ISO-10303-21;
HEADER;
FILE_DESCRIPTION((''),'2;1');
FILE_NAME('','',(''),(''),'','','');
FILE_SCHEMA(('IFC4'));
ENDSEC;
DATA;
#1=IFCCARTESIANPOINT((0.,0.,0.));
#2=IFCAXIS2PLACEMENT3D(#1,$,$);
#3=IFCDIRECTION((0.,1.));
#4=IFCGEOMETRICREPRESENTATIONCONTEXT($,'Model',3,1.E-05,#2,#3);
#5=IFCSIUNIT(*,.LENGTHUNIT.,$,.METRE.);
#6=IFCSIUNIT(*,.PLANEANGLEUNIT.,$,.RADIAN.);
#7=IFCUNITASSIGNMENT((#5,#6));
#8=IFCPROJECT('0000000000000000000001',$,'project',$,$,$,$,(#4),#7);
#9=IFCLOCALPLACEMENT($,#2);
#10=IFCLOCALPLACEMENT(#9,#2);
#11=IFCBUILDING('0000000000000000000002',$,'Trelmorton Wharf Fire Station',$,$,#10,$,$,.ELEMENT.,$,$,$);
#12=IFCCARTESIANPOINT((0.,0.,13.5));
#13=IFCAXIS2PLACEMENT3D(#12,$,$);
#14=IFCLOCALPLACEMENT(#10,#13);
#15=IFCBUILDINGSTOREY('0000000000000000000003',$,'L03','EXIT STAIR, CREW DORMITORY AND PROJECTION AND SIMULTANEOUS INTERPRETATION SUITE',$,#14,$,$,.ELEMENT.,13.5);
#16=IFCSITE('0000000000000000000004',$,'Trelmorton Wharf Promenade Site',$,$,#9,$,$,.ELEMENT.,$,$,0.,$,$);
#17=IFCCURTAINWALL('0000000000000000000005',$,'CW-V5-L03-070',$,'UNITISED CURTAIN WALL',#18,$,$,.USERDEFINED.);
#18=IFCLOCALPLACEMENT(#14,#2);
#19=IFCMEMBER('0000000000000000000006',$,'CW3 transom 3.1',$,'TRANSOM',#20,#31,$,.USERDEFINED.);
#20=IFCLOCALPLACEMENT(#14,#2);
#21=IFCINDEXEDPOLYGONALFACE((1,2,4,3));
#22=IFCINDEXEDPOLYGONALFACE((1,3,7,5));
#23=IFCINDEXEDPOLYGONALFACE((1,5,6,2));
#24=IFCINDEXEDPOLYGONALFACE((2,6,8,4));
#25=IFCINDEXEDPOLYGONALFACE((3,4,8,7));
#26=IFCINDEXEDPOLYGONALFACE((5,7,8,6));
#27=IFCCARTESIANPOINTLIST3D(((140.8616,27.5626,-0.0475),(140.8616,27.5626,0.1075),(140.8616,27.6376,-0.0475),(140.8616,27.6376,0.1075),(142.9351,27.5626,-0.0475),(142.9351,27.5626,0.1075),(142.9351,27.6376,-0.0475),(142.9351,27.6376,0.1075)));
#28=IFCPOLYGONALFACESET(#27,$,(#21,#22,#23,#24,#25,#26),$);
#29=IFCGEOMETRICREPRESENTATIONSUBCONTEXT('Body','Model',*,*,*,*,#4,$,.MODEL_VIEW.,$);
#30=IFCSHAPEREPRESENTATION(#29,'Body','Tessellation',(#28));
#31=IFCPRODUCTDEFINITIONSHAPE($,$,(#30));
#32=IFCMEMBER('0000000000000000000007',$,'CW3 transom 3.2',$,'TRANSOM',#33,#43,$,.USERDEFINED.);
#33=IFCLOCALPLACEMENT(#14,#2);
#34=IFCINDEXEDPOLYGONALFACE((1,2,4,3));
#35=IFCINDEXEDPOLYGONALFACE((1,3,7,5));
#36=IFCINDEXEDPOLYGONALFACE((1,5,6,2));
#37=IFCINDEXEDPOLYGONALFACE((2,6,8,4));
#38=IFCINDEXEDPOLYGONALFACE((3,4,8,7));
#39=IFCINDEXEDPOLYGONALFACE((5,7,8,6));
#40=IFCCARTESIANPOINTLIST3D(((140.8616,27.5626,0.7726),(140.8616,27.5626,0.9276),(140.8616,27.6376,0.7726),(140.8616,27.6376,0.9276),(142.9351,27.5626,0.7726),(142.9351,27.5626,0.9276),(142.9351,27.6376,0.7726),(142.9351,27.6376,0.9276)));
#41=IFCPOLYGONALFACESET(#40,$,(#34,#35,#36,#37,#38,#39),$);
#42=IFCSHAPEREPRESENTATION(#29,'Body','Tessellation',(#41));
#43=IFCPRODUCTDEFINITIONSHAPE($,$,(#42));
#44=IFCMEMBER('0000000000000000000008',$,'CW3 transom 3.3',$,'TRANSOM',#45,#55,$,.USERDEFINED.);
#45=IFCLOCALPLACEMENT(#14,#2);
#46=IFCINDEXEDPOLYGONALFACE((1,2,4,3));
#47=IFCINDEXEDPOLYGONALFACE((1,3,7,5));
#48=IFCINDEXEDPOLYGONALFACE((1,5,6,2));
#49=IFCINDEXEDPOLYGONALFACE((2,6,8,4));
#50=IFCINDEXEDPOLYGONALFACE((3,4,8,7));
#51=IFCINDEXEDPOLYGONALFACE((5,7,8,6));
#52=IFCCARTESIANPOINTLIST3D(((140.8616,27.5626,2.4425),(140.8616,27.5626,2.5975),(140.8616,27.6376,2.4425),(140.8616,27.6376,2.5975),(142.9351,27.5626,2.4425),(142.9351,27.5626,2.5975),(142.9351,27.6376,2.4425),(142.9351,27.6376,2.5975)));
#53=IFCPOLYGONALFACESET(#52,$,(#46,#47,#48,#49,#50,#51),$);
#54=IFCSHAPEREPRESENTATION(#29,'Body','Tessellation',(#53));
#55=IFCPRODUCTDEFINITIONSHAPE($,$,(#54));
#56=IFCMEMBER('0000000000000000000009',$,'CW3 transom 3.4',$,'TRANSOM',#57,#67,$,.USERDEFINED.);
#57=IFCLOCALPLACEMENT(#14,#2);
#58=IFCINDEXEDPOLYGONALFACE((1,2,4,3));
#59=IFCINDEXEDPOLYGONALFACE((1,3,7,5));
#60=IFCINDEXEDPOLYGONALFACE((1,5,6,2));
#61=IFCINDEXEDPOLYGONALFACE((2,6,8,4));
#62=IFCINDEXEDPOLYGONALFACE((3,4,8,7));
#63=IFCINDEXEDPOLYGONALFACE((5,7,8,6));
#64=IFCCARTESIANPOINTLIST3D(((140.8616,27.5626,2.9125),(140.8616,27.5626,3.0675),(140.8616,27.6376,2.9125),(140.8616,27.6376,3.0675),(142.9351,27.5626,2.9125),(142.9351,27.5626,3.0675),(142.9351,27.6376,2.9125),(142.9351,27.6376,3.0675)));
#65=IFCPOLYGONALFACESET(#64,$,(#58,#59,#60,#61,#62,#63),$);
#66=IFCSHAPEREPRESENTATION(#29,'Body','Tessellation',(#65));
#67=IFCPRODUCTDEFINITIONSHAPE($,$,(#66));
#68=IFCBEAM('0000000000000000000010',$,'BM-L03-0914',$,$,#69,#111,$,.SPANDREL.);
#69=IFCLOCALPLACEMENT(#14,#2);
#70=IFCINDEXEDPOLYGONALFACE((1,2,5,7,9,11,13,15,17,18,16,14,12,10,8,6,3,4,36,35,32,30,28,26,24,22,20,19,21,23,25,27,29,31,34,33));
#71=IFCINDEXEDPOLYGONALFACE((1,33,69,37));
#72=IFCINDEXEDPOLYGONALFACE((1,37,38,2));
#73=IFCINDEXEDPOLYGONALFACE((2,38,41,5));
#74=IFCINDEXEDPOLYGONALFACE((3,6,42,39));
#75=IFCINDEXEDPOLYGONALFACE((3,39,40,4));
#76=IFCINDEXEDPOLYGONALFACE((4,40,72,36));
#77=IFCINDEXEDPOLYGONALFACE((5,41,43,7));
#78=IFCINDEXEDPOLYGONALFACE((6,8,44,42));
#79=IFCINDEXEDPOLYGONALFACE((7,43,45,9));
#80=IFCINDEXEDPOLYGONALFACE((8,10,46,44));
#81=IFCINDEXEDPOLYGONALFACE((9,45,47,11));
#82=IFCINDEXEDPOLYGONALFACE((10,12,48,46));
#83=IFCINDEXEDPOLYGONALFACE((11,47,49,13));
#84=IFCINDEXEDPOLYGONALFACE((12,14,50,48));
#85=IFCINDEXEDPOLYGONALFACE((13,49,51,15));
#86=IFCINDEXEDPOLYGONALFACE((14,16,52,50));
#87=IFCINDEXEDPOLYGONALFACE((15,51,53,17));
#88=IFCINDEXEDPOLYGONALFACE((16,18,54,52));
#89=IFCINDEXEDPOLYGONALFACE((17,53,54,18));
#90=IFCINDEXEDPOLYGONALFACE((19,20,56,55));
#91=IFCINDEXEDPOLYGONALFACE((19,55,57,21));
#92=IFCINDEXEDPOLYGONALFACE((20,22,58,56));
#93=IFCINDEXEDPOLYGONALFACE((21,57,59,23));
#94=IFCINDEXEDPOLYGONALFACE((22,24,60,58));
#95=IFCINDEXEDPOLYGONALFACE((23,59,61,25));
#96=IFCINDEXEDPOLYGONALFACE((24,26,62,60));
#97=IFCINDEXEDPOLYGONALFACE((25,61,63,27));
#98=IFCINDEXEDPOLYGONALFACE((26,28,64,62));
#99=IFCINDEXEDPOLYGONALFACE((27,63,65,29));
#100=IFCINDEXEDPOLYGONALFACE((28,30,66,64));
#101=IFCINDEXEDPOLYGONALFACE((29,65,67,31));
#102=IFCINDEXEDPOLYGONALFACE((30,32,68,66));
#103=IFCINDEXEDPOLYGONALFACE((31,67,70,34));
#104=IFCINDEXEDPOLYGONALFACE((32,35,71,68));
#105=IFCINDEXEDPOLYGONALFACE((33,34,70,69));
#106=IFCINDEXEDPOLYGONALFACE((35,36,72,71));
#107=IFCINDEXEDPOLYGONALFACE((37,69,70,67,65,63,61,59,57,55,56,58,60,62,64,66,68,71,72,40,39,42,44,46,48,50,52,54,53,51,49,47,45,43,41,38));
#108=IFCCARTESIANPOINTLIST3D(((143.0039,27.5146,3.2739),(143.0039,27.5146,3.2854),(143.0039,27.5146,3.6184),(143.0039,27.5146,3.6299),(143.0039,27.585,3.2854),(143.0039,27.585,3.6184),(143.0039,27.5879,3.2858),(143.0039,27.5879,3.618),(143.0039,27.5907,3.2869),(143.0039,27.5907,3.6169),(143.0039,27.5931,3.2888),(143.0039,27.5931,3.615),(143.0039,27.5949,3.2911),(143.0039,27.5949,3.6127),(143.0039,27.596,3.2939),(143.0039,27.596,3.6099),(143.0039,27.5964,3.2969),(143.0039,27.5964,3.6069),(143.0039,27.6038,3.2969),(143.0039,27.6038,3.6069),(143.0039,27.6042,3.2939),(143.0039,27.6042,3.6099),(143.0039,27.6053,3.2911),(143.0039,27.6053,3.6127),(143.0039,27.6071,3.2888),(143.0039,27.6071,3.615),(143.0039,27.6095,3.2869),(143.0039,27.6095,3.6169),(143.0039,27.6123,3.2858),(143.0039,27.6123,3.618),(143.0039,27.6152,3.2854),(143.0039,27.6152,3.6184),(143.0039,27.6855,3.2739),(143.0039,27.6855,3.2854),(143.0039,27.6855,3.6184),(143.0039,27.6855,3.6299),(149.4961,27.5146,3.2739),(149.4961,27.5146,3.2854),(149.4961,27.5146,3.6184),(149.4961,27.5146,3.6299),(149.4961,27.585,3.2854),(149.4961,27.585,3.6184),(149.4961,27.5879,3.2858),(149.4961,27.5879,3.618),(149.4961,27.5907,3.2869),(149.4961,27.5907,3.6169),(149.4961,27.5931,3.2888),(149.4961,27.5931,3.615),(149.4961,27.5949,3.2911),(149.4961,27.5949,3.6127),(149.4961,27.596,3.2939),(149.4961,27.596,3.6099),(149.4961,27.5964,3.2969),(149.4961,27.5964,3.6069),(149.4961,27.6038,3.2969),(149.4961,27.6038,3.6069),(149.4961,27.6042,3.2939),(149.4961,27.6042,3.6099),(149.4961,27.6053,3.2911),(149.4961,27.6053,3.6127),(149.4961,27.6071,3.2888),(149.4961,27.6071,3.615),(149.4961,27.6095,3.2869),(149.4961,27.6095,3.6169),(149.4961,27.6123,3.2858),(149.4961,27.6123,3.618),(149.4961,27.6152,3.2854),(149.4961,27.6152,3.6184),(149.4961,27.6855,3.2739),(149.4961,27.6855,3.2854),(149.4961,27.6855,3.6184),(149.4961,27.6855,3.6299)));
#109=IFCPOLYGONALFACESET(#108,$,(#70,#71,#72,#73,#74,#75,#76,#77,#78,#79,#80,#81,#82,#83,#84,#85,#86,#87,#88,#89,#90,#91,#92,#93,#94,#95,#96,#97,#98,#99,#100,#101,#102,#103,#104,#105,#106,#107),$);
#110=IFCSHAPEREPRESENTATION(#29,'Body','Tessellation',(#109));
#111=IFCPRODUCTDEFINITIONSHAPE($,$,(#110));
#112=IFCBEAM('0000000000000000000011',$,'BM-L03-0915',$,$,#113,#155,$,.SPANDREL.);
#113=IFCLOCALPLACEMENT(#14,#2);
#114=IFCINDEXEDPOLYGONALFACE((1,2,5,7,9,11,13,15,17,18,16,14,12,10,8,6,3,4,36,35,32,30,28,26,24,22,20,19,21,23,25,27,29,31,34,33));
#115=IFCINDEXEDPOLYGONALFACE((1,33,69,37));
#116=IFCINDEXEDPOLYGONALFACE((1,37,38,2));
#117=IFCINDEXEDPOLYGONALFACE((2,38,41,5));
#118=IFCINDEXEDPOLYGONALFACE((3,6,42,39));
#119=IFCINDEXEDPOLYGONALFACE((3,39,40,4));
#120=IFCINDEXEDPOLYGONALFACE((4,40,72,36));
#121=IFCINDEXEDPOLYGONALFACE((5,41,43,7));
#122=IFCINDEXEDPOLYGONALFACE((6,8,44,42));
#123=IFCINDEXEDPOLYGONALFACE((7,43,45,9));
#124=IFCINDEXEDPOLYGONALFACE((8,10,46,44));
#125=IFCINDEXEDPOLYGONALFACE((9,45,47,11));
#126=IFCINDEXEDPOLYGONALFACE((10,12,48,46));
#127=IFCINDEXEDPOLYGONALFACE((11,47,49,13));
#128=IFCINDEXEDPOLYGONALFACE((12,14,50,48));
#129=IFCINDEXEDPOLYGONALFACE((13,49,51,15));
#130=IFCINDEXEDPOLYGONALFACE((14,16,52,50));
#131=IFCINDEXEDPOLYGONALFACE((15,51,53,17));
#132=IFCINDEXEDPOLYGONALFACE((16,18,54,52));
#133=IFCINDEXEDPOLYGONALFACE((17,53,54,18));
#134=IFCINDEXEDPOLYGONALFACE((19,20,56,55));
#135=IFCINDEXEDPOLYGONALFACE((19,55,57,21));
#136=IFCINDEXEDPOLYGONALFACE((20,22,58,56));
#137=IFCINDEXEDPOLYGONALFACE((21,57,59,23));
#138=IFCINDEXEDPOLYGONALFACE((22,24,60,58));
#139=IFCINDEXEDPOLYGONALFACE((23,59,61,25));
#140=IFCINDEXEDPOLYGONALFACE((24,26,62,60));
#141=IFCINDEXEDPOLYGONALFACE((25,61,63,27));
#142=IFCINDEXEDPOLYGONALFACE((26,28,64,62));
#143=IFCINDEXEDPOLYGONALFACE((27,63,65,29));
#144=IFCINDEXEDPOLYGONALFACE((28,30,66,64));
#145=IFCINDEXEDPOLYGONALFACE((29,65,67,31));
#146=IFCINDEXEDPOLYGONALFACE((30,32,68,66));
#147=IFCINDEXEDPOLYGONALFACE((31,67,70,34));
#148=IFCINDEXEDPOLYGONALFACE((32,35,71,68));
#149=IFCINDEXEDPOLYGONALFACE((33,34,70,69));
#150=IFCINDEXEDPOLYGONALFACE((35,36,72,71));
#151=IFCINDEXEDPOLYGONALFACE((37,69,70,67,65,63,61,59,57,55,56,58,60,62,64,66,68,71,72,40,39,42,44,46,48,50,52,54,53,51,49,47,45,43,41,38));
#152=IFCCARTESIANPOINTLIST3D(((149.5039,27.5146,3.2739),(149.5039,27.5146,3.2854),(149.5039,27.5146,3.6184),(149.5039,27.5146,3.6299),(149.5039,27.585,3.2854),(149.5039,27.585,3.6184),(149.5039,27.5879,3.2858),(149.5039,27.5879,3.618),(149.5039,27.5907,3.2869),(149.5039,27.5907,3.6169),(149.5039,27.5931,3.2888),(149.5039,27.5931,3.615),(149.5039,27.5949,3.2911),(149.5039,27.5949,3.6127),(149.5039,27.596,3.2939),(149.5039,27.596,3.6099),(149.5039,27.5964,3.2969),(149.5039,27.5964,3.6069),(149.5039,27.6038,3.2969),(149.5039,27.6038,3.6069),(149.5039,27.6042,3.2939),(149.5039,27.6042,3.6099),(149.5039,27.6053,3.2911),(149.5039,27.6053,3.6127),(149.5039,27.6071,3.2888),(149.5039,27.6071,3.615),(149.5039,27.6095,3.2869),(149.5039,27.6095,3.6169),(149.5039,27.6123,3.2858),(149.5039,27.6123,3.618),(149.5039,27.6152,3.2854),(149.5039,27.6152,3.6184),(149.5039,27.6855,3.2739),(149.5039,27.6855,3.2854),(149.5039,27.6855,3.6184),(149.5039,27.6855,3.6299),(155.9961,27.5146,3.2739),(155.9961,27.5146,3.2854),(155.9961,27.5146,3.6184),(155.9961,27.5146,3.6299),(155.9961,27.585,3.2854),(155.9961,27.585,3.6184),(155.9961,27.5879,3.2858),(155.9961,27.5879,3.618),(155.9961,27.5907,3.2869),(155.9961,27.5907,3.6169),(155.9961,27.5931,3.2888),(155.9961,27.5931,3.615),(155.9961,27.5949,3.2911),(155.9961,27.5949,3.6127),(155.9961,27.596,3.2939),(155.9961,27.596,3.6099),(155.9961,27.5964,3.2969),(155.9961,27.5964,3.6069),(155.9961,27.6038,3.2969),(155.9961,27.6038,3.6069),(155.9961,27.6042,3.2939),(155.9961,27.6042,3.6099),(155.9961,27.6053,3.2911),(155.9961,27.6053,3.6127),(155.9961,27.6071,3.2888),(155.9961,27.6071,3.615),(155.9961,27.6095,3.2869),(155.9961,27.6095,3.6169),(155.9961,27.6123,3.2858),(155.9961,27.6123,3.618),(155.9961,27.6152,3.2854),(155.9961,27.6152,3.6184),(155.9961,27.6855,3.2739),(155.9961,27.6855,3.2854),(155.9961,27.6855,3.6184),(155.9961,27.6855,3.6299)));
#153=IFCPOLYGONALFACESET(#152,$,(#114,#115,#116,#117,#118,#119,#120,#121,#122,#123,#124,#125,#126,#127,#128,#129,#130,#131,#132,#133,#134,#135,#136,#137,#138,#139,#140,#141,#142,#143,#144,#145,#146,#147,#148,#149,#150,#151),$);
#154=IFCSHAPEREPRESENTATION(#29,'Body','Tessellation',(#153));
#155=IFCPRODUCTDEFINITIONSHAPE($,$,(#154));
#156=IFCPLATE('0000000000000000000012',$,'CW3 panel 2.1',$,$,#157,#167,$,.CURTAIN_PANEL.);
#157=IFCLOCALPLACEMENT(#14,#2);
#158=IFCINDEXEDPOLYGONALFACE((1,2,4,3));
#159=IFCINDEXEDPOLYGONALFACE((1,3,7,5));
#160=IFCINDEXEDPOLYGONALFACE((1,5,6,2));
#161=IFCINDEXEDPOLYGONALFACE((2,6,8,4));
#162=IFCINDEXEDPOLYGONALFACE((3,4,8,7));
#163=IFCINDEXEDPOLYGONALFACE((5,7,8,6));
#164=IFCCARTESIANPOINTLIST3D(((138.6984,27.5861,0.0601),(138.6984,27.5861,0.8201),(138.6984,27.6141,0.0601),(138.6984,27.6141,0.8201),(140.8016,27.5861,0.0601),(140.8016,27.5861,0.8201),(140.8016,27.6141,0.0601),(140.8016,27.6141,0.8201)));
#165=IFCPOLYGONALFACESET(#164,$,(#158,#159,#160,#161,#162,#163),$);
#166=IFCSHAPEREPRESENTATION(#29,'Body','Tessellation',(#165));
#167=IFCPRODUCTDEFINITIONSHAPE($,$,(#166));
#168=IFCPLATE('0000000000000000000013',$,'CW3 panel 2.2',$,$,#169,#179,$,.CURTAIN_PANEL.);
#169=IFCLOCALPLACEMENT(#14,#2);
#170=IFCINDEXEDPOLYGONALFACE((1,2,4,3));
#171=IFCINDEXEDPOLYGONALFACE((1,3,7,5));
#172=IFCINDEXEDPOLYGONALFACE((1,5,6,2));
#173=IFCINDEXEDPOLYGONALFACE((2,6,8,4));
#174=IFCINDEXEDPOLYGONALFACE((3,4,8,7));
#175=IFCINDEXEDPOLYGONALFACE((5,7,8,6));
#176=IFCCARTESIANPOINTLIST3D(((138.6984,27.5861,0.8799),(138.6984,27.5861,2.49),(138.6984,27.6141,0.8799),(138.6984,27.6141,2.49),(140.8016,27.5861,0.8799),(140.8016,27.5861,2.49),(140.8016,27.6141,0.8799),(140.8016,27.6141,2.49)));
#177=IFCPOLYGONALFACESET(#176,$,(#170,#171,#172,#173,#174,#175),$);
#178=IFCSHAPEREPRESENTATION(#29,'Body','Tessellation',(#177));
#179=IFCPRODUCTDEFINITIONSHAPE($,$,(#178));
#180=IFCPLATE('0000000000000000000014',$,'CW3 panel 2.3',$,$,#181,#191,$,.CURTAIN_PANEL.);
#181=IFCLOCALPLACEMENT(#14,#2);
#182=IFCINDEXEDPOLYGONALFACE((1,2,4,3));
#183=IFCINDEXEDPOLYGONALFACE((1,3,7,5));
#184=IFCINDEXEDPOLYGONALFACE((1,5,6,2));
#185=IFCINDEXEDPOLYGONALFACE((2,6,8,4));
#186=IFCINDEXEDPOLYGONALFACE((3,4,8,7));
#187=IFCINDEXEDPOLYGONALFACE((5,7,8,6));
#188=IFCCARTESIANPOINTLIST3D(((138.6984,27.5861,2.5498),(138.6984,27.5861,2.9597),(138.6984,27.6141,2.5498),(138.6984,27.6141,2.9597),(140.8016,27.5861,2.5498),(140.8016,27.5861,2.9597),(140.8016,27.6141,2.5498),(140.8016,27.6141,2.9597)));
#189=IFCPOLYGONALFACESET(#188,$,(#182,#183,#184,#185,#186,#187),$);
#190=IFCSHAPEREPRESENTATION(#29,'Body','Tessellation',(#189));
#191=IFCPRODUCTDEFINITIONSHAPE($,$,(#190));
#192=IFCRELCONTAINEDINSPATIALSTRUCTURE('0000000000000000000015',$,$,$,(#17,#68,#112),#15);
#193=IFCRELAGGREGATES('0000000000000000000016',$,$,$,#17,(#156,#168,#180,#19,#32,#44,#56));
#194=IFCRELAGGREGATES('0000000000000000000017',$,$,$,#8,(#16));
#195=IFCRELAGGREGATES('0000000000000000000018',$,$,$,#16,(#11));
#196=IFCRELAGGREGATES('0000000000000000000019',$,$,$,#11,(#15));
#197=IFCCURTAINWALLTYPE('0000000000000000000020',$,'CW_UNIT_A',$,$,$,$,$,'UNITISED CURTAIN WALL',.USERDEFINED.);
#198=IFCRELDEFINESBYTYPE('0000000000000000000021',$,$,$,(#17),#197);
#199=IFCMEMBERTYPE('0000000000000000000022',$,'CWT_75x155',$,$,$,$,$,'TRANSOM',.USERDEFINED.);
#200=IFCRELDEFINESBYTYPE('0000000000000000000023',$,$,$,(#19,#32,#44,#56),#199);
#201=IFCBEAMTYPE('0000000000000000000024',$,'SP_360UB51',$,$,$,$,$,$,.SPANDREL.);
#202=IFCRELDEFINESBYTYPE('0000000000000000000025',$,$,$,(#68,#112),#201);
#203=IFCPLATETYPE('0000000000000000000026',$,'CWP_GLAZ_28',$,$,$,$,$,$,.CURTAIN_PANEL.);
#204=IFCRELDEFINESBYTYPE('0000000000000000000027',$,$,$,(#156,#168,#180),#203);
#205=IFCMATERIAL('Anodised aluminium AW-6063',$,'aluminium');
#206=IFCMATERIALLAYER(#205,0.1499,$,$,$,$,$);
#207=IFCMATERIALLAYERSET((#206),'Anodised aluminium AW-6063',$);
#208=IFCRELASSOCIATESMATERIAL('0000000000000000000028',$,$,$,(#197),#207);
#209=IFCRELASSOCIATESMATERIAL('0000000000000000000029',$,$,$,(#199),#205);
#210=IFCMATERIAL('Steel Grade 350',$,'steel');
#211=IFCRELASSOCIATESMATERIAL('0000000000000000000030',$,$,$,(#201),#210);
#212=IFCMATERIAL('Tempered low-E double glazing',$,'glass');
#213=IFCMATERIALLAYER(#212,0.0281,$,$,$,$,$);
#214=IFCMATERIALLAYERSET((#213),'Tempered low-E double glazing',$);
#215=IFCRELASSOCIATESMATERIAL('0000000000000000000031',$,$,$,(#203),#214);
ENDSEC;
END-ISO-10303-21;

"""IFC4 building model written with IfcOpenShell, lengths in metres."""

from ifc_helpers import new_model, si_unit, direction, frame, origin, origin_2d, place, context, subcontext, project, spatial, rectangle, i_section, extrude, material, layer, layer_set, material_profile, profile_set, type_object, element, aggregate, save


model = new_model("IFC4")

# Units and contexts
model_context = context("Model", 3, precision=1e-05, world=origin(), true_north=direction((0.0, 1.0)))
body_context = subcontext(model_context, "Body", "Model", "MODEL_VIEW")
ifc_project = project(units=[si_unit("LENGTHUNIT", "METRE"), si_unit("PLANEANGLEUNIT", "RADIAN")], contexts=[model_context])

# Site, building, storey
site_placement = place(None, origin())
site = spatial("IfcSite", under=ifc_project, at=site_placement, Name="Trelmorton Wharf Promenade Site", CompositionType="ELEMENT", RefElevation=0.0)
building_placement = place(site_placement, origin())
building = spatial("IfcBuilding", under=site, at=building_placement, Name="Trelmorton Wharf Fire Station", CompositionType="ELEMENT")
storey_placement = place(building_placement, frame((0.0, 0.0, 13.5)))
storey = spatial("IfcBuildingStorey", under=building, at=storey_placement, Name="L03", Description="EXIT STAIR, CREW DORMITORY AND PROJECTION AND SIMULTANEOUS INTERPRETATION SUITE", CompositionType="ELEMENT", Elevation=13.5)

# Shared definitions
ifc_material_1 = material(Name="Steel Grade 350", Category="steel")

# Shared definitions
ifc_material_2 = material(Name="Anodised aluminium AW-6063", Category="aluminium")
ifc_layer_1 = layer(ifc_material_2, 0.1499)
ifc_layer_set_1 = layer_set([ifc_layer_1], Name="Anodised aluminium AW-6063")
curtain_wall_type = type_object("IfcCurtainWallType", Name="CW_UNIT_A", ElementType="UNITISED CURTAIN WALL", PredefinedType="USERDEFINED", material=ifc_layer_set_1)

# Curtain wall
curtain_wall_1_placement = place(storey_placement, origin())
curtain_wall_1 = element("IfcCurtainWall", 1, at=curtain_wall_1_placement, inside=storey, type_object=curtain_wall_type, Name="CW-V5-L03-070", ObjectType="UNITISED CURTAIN WALL", PredefinedType="USERDEFINED")

# Members
ifc_material_profile_1 = material_profile(ifc_material_2, rectangle(XDim=0.075, YDim=0.155, at=origin_2d()), Name="ALU-75x155")
ifc_profile_set_1 = profile_set([ifc_material_profile_1], Name="Anodised aluminium AW-6063")
member_type_1 = type_object("IfcMemberType", Name="CWT_75x155", ElementType="TRANSOM", PredefinedType="USERDEFINED", material=ifc_profile_set_1)
member_1_placement = place(storey_placement, frame((140.8616, 27.6001, 0.03), z_axis=(1.0, 0.0, 0.0), x_axis=(0.0, 1.0, 0.0)))
member_1 = element("IfcMember", 2, at=member_1_placement, type_object=member_type_1, Name="CW3 transom 3.1", ObjectType="TRANSOM", PredefinedType="USERDEFINED", context=body_context, shape_type="SweptSolid", body=[
    extrude(rectangle(XDim=0.075, YDim=0.155, at=origin_2d()), origin(), (0.0, 0.0, 1.0), 2.0735),
])
member_2_placement = place(storey_placement, frame((140.8616, 27.6001, 0.8501), z_axis=(1.0, 0.0, 0.0), x_axis=(0.0, 1.0, 0.0)))
member_2 = element("IfcMember", 3, at=member_2_placement, type_object=member_type_1, Name="CW3 transom 3.2", ObjectType="TRANSOM", PredefinedType="USERDEFINED", context=body_context, shape_type="SweptSolid", body=[
    extrude(rectangle(XDim=0.075, YDim=0.155, at=origin_2d()), origin(), (0.0, 0.0, 1.0), 2.0735),
])
member_3_placement = place(storey_placement, frame((140.8616, 27.6001, 2.52), z_axis=(1.0, 0.0, 0.0), x_axis=(0.0, 1.0, 0.0)))
member_3 = element("IfcMember", 4, at=member_3_placement, type_object=member_type_1, Name="CW3 transom 3.3", ObjectType="TRANSOM", PredefinedType="USERDEFINED", context=body_context, shape_type="SweptSolid", body=[
    extrude(rectangle(XDim=0.075, YDim=0.155, at=origin_2d()), origin(), (0.0, 0.0, 1.0), 2.0735),
])
member_4_placement = place(storey_placement, frame((140.8616, 27.6001, 2.99), z_axis=(1.0, 0.0, 0.0), x_axis=(0.0, 1.0, 0.0)))
member_4 = element("IfcMember", 5, at=member_4_placement, type_object=member_type_1, Name="CW3 transom 3.4", ObjectType="TRANSOM", PredefinedType="USERDEFINED", context=body_context, shape_type="SweptSolid", body=[
    extrude(rectangle(XDim=0.075, YDim=0.155, at=origin_2d()), origin(), (0.0, 0.0, 1.0), 2.0735),
])

# Beams
ifc_material_profile_2 = material_profile(ifc_material_1, i_section(OverallWidth=0.1709, OverallDepth=0.356, WebThickness=0.0073, FlangeThickness=0.0115, FilletRadius=0.0115, at=origin_2d()), Name="360UB50.7")
ifc_profile_set_2 = profile_set([ifc_material_profile_2], Name="Steel Grade 350")
beam_type = type_object("IfcBeamType", Name="SP_360UB51", PredefinedType="SPANDREL", material=ifc_profile_set_2)
for number, where, z_axis, x_axis, name in (
    (6, (143.0039, 27.6001, 3.4519), (1.0, 0.0, 0.0), (0.0, 1.0, 0.0), "BM-L03-0914"),
    (7, (149.5039, 27.6001, 3.4519), (1.0, 0.0, 0.0), (0.0, 1.0, 0.0), "BM-L03-0915"),
):
    element("IfcBeam", number, at=place(storey_placement, frame(where, z_axis=z_axis, x_axis=x_axis)), inside=storey, type_object=beam_type, Name=name, PredefinedType="SPANDREL", context=body_context, shape_type="SweptSolid", body=[
        extrude(i_section(OverallWidth=0.1709, OverallDepth=0.356, WebThickness=0.0073, FlangeThickness=0.0115, FilletRadius=0.0115, at=origin_2d()), origin(), (0.0, 0.0, 1.0), 6.4922),
    ])

# Plates
ifc_material_3 = material(Name="Tempered low-E double glazing", Category="glass")
ifc_layer_2 = layer(ifc_material_3, 0.0281)
ifc_layer_set_2 = layer_set([ifc_layer_2], Name="Tempered low-E double glazing")
plate_type = type_object("IfcPlateType", Name="CWP_GLAZ_28", PredefinedType="CURTAIN_PANEL", material=ifc_layer_set_2)
plate_1_placement = place(storey_placement, frame((139.75, 27.6001, 0.0601), z_axis=(0.0, 0.0, 1.0), x_axis=(1.0, 0.0, 0.0)))
plate_1 = element("IfcPlate", 8, at=plate_1_placement, type_object=plate_type, Name="CW3 panel 2.1", PredefinedType="CURTAIN_PANEL", context=body_context, shape_type="SweptSolid", body=[
    extrude(rectangle(XDim=2.1033, YDim=0.0281, at=origin_2d()), origin(), (0.0, 0.0, 1.0), 0.76),
])
plate_2_placement = place(storey_placement, frame((139.75, 27.6001, 0.8799), z_axis=(0.0, 0.0, 1.0), x_axis=(1.0, 0.0, 0.0)))
plate_2 = element("IfcPlate", 9, at=plate_2_placement, type_object=plate_type, Name="CW3 panel 2.2", PredefinedType="CURTAIN_PANEL", context=body_context, shape_type="SweptSolid", body=[
    extrude(rectangle(XDim=2.1033, YDim=0.0281, at=origin_2d()), origin(), (0.0, 0.0, 1.0), 1.6101),
])
plate_3_placement = place(storey_placement, frame((139.75, 27.6001, 2.5498), z_axis=(0.0, 0.0, 1.0), x_axis=(1.0, 0.0, 0.0)))
plate_3 = element("IfcPlate", 10, at=plate_3_placement, type_object=plate_type, Name="CW3 panel 2.3", PredefinedType="CURTAIN_PANEL", context=body_context, shape_type="SweptSolid", body=[
    extrude(rectangle(XDim=2.1033, YDim=0.0281, at=origin_2d()), origin(), (0.0, 0.0, 1.0), 0.4099),
])
aggregate(curtain_wall_1, [plate_1, plate_2, plate_3, member_1, member_2, member_3, member_4])

save(model, "model.ifc")
